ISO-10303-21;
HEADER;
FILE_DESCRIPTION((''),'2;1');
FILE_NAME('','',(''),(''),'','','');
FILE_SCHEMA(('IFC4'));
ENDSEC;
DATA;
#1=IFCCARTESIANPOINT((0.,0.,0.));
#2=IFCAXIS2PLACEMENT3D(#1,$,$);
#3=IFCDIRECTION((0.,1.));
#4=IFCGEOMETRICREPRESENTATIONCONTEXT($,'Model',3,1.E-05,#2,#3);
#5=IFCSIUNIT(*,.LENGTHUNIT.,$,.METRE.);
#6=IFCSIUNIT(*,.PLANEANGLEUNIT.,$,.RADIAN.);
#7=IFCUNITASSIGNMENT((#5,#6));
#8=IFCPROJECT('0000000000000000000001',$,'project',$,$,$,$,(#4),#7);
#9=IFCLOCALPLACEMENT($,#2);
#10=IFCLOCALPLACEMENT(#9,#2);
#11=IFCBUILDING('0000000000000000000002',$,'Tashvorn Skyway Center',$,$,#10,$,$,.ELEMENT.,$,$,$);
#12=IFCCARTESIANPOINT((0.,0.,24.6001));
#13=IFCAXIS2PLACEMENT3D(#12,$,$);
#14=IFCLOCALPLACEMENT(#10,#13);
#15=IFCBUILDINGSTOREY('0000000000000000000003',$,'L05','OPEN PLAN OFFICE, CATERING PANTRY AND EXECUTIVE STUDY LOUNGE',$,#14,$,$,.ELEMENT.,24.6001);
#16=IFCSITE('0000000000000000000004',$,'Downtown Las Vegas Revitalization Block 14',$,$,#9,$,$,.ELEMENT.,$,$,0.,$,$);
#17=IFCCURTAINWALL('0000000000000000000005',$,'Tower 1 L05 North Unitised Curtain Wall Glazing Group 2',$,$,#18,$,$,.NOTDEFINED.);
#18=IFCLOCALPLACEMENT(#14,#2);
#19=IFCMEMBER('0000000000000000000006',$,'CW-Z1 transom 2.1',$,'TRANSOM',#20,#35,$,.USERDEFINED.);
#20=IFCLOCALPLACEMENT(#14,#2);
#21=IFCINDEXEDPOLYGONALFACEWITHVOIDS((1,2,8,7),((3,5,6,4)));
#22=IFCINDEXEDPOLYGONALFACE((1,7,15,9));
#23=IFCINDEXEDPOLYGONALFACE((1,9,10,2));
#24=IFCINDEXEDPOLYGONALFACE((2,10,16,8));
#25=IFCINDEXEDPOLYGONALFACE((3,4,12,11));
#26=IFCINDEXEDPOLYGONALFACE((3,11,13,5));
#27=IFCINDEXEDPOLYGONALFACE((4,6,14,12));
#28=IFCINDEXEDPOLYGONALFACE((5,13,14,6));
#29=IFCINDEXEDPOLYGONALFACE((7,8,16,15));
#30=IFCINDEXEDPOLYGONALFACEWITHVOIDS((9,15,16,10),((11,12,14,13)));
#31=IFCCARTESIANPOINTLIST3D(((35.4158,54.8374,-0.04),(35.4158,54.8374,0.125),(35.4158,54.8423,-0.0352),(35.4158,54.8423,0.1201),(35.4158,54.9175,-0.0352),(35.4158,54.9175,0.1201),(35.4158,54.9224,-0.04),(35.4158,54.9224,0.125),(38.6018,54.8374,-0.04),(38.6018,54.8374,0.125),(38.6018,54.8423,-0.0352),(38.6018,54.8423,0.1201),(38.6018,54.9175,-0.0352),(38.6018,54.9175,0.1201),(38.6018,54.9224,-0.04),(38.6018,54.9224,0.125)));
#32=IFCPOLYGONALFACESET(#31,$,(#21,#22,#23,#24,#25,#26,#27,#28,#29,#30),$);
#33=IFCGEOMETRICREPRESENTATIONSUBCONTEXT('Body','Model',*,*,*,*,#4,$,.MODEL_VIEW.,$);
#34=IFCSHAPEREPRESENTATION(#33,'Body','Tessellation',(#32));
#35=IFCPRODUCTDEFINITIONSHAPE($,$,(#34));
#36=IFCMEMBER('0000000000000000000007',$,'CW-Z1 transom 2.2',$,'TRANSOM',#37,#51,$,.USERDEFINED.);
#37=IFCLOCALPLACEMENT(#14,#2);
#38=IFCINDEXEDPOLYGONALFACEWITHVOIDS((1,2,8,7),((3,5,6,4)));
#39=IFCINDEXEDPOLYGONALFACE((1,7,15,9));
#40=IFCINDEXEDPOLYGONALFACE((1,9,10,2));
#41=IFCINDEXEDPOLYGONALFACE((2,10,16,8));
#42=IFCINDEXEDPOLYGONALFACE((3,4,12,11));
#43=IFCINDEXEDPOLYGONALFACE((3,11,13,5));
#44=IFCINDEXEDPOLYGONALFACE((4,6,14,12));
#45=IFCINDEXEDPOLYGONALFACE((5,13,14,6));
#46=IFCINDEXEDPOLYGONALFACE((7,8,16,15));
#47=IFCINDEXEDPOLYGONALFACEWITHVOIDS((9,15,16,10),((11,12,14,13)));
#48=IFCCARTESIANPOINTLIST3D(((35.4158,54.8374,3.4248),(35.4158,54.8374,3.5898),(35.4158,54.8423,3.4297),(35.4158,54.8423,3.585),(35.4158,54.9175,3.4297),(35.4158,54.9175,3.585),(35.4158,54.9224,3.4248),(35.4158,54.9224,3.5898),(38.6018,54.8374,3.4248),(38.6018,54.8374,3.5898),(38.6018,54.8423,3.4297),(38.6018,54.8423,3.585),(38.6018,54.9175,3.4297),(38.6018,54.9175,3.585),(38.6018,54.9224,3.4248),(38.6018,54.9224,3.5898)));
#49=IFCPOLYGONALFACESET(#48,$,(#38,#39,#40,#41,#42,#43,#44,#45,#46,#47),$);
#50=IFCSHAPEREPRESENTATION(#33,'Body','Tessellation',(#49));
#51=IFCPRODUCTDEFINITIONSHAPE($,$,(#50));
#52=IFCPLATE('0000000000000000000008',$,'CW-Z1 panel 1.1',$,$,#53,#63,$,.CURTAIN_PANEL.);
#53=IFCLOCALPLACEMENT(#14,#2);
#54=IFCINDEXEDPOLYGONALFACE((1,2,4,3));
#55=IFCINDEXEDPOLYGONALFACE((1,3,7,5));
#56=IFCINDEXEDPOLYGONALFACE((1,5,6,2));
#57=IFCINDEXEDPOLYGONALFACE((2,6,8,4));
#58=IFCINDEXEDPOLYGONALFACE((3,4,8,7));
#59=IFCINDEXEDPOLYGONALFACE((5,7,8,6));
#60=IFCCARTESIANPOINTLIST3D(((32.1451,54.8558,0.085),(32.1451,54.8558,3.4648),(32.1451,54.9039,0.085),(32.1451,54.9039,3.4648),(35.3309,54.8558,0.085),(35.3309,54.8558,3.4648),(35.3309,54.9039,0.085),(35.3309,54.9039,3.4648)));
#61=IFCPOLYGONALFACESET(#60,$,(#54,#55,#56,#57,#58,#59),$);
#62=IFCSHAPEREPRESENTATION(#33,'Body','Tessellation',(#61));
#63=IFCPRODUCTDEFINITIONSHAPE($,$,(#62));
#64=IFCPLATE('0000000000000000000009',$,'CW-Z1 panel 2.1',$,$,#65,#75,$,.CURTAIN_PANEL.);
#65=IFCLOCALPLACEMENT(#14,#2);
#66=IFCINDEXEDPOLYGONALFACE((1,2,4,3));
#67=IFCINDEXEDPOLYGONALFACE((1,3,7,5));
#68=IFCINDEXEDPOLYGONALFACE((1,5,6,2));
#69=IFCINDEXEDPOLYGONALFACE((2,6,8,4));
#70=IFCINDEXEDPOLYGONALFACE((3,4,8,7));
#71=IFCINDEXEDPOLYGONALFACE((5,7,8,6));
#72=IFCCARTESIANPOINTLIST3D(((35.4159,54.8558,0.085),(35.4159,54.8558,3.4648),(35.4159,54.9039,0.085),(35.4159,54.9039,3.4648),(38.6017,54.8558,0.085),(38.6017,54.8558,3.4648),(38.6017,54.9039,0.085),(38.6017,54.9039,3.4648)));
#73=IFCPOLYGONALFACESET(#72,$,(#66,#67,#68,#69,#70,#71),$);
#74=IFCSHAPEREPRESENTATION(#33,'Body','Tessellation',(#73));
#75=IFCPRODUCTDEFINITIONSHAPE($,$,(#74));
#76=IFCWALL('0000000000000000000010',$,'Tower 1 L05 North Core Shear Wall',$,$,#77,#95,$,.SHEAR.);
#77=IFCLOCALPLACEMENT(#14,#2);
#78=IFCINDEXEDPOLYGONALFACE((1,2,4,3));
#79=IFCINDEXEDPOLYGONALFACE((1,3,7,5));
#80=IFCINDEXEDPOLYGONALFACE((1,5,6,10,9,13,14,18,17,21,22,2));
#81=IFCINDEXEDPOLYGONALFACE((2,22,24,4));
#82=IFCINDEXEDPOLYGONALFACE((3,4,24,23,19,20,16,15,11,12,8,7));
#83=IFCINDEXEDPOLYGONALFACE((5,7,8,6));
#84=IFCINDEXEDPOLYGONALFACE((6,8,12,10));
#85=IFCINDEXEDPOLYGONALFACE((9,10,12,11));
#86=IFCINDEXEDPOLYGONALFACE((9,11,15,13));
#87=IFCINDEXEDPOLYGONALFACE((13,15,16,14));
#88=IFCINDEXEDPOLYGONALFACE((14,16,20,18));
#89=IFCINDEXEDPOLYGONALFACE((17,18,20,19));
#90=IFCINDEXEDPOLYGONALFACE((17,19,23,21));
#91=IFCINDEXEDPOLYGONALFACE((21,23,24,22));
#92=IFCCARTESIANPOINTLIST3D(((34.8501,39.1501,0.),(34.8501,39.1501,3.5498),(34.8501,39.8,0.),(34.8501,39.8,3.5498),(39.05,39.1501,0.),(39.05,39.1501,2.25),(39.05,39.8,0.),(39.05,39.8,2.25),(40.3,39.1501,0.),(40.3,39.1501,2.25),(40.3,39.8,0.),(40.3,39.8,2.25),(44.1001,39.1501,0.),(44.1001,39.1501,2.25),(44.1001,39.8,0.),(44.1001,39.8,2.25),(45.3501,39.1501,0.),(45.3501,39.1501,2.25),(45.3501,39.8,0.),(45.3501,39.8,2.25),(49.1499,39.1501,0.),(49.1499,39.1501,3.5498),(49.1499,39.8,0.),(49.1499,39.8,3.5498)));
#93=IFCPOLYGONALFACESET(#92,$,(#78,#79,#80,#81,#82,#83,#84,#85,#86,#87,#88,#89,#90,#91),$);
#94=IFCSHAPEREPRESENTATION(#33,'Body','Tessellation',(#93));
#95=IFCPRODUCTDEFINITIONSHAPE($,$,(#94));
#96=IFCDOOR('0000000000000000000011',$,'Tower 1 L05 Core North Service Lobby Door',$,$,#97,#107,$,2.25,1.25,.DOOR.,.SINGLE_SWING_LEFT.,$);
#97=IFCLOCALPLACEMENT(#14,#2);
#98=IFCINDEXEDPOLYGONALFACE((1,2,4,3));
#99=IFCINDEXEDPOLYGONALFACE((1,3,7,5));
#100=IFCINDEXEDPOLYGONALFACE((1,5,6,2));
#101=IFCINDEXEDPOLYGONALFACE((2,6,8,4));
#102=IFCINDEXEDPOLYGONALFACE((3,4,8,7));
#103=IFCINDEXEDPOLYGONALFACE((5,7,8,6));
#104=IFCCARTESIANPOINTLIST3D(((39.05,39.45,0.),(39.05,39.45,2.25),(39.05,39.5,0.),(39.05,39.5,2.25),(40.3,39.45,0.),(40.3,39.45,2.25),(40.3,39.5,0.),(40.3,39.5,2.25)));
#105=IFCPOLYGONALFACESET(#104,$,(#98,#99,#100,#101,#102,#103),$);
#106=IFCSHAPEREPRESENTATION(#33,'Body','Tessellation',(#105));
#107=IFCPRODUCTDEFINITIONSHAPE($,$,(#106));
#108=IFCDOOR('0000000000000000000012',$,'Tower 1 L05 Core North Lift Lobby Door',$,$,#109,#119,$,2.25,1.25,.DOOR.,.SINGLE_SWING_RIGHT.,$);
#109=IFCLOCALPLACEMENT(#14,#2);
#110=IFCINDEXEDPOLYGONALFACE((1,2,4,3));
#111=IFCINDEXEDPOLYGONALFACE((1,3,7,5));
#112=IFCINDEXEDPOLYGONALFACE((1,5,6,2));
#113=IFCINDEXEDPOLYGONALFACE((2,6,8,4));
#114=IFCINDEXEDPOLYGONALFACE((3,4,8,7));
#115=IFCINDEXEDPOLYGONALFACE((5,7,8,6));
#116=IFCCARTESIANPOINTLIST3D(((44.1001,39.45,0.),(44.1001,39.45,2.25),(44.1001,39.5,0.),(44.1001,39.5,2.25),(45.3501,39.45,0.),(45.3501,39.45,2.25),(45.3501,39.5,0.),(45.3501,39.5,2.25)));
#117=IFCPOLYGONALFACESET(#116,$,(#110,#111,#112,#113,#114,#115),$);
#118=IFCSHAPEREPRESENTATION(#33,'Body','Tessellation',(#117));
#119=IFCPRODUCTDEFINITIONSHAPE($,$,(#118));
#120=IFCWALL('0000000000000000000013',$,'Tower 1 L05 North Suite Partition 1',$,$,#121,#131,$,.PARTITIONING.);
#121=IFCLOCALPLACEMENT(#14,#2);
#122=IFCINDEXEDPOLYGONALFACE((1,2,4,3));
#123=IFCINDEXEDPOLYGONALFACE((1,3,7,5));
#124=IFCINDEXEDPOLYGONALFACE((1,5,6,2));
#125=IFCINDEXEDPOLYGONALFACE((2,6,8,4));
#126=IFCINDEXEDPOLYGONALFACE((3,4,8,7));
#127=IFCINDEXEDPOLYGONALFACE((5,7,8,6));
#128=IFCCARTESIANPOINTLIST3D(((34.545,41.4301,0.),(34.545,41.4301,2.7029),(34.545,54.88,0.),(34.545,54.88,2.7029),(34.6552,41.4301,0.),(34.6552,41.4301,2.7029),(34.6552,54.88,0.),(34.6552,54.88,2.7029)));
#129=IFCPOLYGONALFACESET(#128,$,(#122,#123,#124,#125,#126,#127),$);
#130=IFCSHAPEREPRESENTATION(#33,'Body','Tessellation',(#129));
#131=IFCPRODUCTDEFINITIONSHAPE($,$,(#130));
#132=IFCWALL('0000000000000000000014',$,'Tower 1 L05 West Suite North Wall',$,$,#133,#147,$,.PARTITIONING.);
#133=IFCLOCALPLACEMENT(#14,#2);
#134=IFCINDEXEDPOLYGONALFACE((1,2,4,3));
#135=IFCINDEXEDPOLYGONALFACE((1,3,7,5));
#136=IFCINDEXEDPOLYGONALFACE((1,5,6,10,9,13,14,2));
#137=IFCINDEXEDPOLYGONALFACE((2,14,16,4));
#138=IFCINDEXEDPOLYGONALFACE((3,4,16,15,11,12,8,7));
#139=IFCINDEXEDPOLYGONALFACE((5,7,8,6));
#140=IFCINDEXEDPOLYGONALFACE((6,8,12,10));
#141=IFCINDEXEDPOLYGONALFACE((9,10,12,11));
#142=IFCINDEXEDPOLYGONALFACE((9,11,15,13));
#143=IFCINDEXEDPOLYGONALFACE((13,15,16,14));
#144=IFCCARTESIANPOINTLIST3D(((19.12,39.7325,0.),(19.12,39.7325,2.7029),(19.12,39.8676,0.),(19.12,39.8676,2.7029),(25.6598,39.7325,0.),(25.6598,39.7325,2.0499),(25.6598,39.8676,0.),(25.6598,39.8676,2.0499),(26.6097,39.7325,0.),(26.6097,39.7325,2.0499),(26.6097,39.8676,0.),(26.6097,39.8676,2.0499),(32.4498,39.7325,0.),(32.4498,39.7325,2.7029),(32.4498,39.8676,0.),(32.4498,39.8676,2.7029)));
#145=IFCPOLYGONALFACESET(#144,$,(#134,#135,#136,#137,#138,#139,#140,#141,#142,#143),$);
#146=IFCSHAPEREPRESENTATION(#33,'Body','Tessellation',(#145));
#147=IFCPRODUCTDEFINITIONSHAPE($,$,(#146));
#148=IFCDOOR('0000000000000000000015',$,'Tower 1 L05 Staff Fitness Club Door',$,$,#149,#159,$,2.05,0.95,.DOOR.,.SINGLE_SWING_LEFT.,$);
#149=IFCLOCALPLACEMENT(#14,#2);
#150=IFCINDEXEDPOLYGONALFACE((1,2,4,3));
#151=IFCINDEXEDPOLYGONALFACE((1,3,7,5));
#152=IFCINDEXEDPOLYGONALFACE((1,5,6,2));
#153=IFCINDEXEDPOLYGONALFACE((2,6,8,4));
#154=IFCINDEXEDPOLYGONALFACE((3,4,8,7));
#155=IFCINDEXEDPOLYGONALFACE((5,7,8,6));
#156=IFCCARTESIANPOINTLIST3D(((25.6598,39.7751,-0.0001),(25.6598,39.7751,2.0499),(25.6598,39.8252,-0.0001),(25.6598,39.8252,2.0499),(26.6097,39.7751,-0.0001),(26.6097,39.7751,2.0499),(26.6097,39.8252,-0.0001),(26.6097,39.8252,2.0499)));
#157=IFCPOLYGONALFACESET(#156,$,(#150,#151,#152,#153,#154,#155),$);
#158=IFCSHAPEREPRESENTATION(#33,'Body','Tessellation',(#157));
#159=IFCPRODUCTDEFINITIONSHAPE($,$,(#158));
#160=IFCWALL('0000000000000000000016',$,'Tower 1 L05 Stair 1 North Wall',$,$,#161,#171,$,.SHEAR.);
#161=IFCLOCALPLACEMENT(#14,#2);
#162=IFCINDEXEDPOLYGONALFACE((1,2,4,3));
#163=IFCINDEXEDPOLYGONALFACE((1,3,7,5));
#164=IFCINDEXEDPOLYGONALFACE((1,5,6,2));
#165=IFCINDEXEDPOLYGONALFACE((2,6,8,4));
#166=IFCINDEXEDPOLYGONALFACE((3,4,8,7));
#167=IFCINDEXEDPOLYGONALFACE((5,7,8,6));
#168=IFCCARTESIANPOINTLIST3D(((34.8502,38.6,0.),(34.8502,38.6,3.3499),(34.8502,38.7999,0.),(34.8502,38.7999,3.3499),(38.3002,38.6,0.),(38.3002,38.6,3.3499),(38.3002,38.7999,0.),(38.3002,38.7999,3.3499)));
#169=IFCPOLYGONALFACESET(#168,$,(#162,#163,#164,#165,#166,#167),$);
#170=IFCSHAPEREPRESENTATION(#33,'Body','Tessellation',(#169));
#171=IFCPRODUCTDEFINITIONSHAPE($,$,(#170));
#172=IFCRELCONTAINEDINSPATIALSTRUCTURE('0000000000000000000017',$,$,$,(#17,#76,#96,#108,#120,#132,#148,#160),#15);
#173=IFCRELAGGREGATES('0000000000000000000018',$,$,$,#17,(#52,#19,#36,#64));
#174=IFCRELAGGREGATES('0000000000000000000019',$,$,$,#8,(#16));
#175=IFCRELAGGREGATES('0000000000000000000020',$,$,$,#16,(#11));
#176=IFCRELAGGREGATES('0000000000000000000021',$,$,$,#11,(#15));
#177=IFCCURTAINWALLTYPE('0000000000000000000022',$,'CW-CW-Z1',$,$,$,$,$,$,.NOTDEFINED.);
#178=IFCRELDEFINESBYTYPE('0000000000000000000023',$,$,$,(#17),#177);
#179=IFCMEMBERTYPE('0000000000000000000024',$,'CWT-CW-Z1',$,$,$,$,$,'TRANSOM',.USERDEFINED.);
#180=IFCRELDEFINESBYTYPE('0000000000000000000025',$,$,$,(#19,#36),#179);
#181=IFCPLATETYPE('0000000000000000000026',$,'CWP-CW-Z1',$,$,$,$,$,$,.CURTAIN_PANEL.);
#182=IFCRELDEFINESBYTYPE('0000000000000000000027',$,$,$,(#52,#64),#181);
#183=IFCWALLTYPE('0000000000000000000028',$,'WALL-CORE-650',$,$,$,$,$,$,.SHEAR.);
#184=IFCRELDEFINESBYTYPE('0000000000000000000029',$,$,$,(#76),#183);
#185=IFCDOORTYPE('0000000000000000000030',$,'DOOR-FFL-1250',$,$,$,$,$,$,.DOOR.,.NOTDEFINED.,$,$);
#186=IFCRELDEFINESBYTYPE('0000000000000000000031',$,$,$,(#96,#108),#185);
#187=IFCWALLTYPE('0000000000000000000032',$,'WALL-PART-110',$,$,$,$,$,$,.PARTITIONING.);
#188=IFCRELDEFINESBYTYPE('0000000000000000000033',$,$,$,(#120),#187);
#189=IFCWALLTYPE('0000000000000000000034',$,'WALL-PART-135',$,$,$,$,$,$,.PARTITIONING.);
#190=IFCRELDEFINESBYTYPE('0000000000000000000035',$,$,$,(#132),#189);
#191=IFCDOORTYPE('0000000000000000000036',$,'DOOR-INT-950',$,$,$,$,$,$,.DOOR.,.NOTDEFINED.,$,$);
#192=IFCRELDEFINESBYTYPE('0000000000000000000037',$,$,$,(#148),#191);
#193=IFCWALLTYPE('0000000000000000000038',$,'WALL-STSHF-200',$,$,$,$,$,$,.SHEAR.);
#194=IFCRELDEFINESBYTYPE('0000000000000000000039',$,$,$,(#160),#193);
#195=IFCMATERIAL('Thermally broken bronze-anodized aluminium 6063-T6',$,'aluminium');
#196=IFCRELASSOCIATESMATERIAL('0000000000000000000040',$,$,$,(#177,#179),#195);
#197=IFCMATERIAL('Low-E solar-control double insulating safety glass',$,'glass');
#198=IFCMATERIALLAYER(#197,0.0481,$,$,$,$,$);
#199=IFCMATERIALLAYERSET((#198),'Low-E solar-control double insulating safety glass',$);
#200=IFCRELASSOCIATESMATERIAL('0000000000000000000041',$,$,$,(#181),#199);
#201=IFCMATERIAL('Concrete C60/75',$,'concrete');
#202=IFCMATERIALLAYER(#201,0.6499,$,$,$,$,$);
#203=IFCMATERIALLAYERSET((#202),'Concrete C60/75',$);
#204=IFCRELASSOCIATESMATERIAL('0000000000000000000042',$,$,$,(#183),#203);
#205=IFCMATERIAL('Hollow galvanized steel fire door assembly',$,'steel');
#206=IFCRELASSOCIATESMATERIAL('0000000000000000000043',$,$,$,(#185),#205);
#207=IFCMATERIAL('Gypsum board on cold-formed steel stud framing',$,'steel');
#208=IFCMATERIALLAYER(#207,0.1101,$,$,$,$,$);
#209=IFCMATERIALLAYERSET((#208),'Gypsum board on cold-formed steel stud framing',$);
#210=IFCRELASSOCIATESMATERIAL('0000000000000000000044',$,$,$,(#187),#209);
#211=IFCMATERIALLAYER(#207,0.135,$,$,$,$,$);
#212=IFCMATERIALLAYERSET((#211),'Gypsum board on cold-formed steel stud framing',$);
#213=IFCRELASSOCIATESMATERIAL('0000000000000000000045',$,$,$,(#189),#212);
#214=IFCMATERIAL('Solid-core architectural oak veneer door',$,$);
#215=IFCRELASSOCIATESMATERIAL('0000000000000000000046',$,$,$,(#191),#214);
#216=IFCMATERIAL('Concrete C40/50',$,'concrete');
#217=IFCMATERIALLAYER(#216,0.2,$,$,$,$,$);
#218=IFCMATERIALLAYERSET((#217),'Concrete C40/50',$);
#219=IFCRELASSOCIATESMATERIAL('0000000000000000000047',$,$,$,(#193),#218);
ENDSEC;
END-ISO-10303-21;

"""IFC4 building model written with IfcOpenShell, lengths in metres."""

from ifc_helpers import new_model, si_unit, direction, frame, frame_2d, origin, origin_2d, place, context, subcontext, project, spatial, rectangle, hollow_rectangle, extrude, material, layer, layer_set, material_profile, profile_set, type_object, element, fill, aggregate, save


model = new_model("IFC4")

# Units and contexts
model_context = context("Model", 3, precision=1e-05, world=origin(), true_north=direction((0.0, 1.0)))
body_context = subcontext(model_context, "Body", "Model", "MODEL_VIEW")
ifc_project = project(units=[si_unit("LENGTHUNIT", "METRE"), si_unit("PLANEANGLEUNIT", "RADIAN")], contexts=[model_context])

# Site, building, storey
site_placement = place(None, origin())
site = spatial("IfcSite", under=ifc_project, at=site_placement, Name="Downtown Las Vegas Revitalization Block 14", CompositionType="ELEMENT", RefElevation=0.0)
building_placement = place(site_placement, origin())
building = spatial("IfcBuilding", under=site, at=building_placement, Name="Tashvorn Skyway Center", CompositionType="ELEMENT")
storey_placement = place(building_placement, frame((0.0, 0.0, 24.6001)))
storey = spatial("IfcBuildingStorey", under=building, at=storey_placement, Name="L05", Description="OPEN PLAN OFFICE, CATERING PANTRY AND EXECUTIVE STUDY LOUNGE", CompositionType="ELEMENT", Elevation=24.6001)

# Shared definitions
ifc_material_1 = material(Name="Thermally broken bronze-anodized aluminium 6063-T6", Category="aluminium")
curtain_wall_type = type_object("IfcCurtainWallType", Name="CW-CW-Z1", PredefinedType="NOTDEFINED", material=ifc_material_1)

# Curtain wall, members, plates
curtain_wall_1_placement = place(storey_placement, origin())
curtain_wall_1 = element("IfcCurtainWall", 1, at=curtain_wall_1_placement, inside=storey, type_object=curtain_wall_type, Name="Tower 1 L05 North Unitised Curtain Wall Glazing Group 2", PredefinedType="NOTDEFINED")
ifc_material_profile_1 = material_profile(ifc_material_1, hollow_rectangle(XDim=0.085, YDim=0.165, WallThickness=0.0049, at=origin_2d()), Name="ALU-TRAN-85x165")
ifc_profile_set_1 = profile_set([ifc_material_profile_1], Name="Thermally broken bronze-anodized aluminium 6063-T6")
member_type_1 = type_object("IfcMemberType", Name="CWT-CW-Z1", ElementType="TRANSOM", PredefinedType="USERDEFINED", material=ifc_profile_set_1)
member_1_placement = place(storey_placement, frame((35.4158, 54.8799, 0.0425), z_axis=(1.0, 0.0, 0.0), x_axis=(0.0, 1.0, 0.0)))
member_1 = element("IfcMember", 2, at=member_1_placement, type_object=member_type_1, Name="CW-Z1 transom 2.1", ObjectType="TRANSOM", PredefinedType="USERDEFINED", context=body_context, shape_type="SweptSolid", body=[
    extrude(hollow_rectangle(XDim=0.085, YDim=0.165, WallThickness=0.0049, at=origin_2d()), origin(), (0.0, 0.0, 1.0), 3.186),
])
member_2_placement = place(storey_placement, frame((35.4158, 54.8799, 3.5073), z_axis=(1.0, 0.0, 0.0), x_axis=(0.0, 1.0, 0.0)))
member_2 = element("IfcMember", 3, at=member_2_placement, type_object=member_type_1, Name="CW-Z1 transom 2.2", ObjectType="TRANSOM", PredefinedType="USERDEFINED", context=body_context, shape_type="SweptSolid", body=[
    extrude(hollow_rectangle(XDim=0.085, YDim=0.165, WallThickness=0.0049, at=origin_2d()), origin(), (0.0, 0.0, 1.0), 3.186),
])
ifc_material_2 = material(Name="Low-E solar-control double insulating safety glass", Category="glass")
ifc_layer_1 = layer(ifc_material_2, 0.0481)
ifc_layer_set_1 = layer_set([ifc_layer_1], Name="Low-E solar-control double insulating safety glass")
plate_type = type_object("IfcPlateType", Name="CWP-CW-Z1", PredefinedType="CURTAIN_PANEL", material=ifc_layer_set_1)
plate_1_placement = place(storey_placement, frame((33.738, 54.8799, 0.085), z_axis=(0.0, 0.0, 1.0), x_axis=(1.0, 0.0, 0.0)))
plate_1 = element("IfcPlate", 4, at=plate_1_placement, type_object=plate_type, Name="CW-Z1 panel 1.1", PredefinedType="CURTAIN_PANEL", context=body_context, shape_type="SweptSolid", body=[
    extrude(rectangle(XDim=3.1858, YDim=0.0481, at=origin_2d()), origin(), (0.0, 0.0, 1.0), 3.3799),
])
plate_2_placement = place(storey_placement, frame((37.0088, 54.8799, 0.085), z_axis=(0.0, 0.0, 1.0), x_axis=(1.0, 0.0, 0.0)))
plate_2 = element("IfcPlate", 5, at=plate_2_placement, type_object=plate_type, Name="CW-Z1 panel 2.1", PredefinedType="CURTAIN_PANEL", context=body_context, shape_type="SweptSolid", body=[
    extrude(rectangle(XDim=3.1858, YDim=0.0481, at=origin_2d()), origin(), (0.0, 0.0, 1.0), 3.3799),
])
aggregate(curtain_wall_1, [plate_1, member_1, member_2, plate_2])

# Wall, openings, doors
ifc_material_3 = material(Name="Concrete C60/75", Category="concrete")
ifc_layer_2 = layer(ifc_material_3, 0.6499)
ifc_layer_set_2 = layer_set([ifc_layer_2], Name="Concrete C60/75")
wall_type_1 = type_object("IfcWallType", Name="WALL-CORE-650", PredefinedType="SHEAR", material=ifc_layer_set_2)
wall_1_placement = place(storey_placement, frame((34.8501, 39.4751, 0.0), z_axis=(0.0, 0.0, 1.0), x_axis=(1.0, 0.0, 0.0)))
wall_1 = element("IfcWall", 6, at=wall_1_placement, inside=storey, type_object=wall_type_1, Name="Tower 1 L05 North Core Shear Wall", PredefinedType="SHEAR", context=body_context, shape_type="SweptSolid", body=[
    extrude(rectangle(XDim=14.2998, YDim=0.6499, at=frame_2d((7.1499, 0.0))), origin(), (0.0, 0.0, 1.0), 3.5498),
])
opening_1_placement = place(wall_1_placement, frame((4.2, 0.0, 0.0)))
opening_1 = element("IfcOpeningElement", 7, at=opening_1_placement, cuts=wall_1, PredefinedType="OPENING", context=body_context, shape_type="SweptSolid", body=[
    extrude(rectangle(XDim=1.25, YDim=2.25, at=frame_2d((0.625, 1.125))), frame((0.0, 0.335, 0.0), z_axis=(0.0, -1.0, 0.0), x_axis=(1.0, 0.0, 0.0)), (0.0, 0.0, 1.0), 0.6699),
])
opening_2_placement = place(wall_1_placement, frame((9.25, 0.0, 0.0)))
opening_2 = element("IfcOpeningElement", 8, at=opening_2_placement, cuts=wall_1, PredefinedType="OPENING", context=body_context, shape_type="SweptSolid", body=[
    extrude(rectangle(XDim=1.25, YDim=2.25, at=frame_2d((0.625, 1.125))), frame((0.0, 0.335, 0.0), z_axis=(0.0, -1.0, 0.0), x_axis=(1.0, 0.0, 0.0)), (0.0, 0.0, 1.0), 0.6699),
])
ifc_material_4 = material(Name="Hollow galvanized steel fire door assembly", Category="steel")
door_type_1 = type_object("IfcDoorType", Name="DOOR-FFL-1250", OperationType="NOTDEFINED", PredefinedType="DOOR", material=ifc_material_4)
door_1_placement = place(opening_1_placement, origin())
door_1 = element("IfcDoor", 9, at=door_1_placement, inside=storey, type_object=door_type_1, Name="Tower 1 L05 Core North Service Lobby Door", OperationType="SINGLE_SWING_LEFT", OverallHeight=2.25, OverallWidth=1.25, PredefinedType="DOOR", context=body_context, shape_type="SweptSolid", body=[
    extrude(rectangle(XDim=1.25, YDim=2.25, at=frame_2d((0.625, 1.125))), frame((0.0, 0.0249, 0.0), z_axis=(0.0, -1.0, 0.0), x_axis=(1.0, 0.0, 0.0)), (0.0, 0.0, 1.0), 0.05),
])
fill(opening_1, door_1)
door_2_placement = place(opening_2_placement, origin())
door_2 = element("IfcDoor", 10, at=door_2_placement, inside=storey, type_object=door_type_1, Name="Tower 1 L05 Core North Lift Lobby Door", OperationType="SINGLE_SWING_RIGHT", OverallHeight=2.25, OverallWidth=1.25, PredefinedType="DOOR", context=body_context, shape_type="SweptSolid", body=[
    extrude(rectangle(XDim=1.25, YDim=2.25, at=frame_2d((0.625, 1.125))), frame((0.0, 0.0249, 0.0), z_axis=(0.0, -1.0, 0.0), x_axis=(1.0, 0.0, 0.0)), (0.0, 0.0, 1.0), 0.05),
])
fill(opening_2, door_2)

# Wall
ifc_material_5 = material(Name="Gypsum board on cold-formed steel stud framing", Category="steel")
ifc_layer_3 = layer(ifc_material_5, 0.1101)
ifc_layer_set_3 = layer_set([ifc_layer_3], Name="Gypsum board on cold-formed steel stud framing")
wall_type_2 = type_object("IfcWallType", Name="WALL-PART-110", PredefinedType="PARTITIONING", material=ifc_layer_set_3)
wall_2_placement = place(storey_placement, frame((34.6001, 41.4299, 0.0), z_axis=(0.0, 0.0, 1.0), x_axis=(0.0, 1.0, 0.0)))
element("IfcWall", 11, at=wall_2_placement, inside=storey, type_object=wall_type_2, Name="Tower 1 L05 North Suite Partition 1", PredefinedType="PARTITIONING", context=body_context, shape_type="SweptSolid", body=[
    extrude(rectangle(XDim=13.45, YDim=0.1101, at=frame_2d((6.7251, 0.0))), origin(), (0.0, 0.0, 1.0), 2.7029),
])

# Wall, opening, door
ifc_layer_4 = layer(ifc_material_5, 0.135)
ifc_layer_set_4 = layer_set([ifc_layer_4], Name="Gypsum board on cold-formed steel stud framing")
wall_type_3 = type_object("IfcWallType", Name="WALL-PART-135", PredefinedType="PARTITIONING", material=ifc_layer_set_4)
wall_3_placement = place(storey_placement, frame((32.45, 39.8, 0.0), z_axis=(0.0, 0.0, 1.0), x_axis=(-1.0, 0.0, 0.0)))
wall_3 = element("IfcWall", 12, at=wall_3_placement, inside=storey, type_object=wall_type_3, Name="Tower 1 L05 West Suite North Wall", PredefinedType="PARTITIONING", context=body_context, shape_type="SweptSolid", body=[
    extrude(rectangle(XDim=13.3298, YDim=0.135, at=frame_2d((6.665, 0.0))), origin(), (0.0, 0.0, 1.0), 2.7029),
])
opening_3_placement = place(wall_3_placement, frame((5.8401, 0.0, 0.0)))
opening_3 = element("IfcOpeningElement", 13, at=opening_3_placement, cuts=wall_3, PredefinedType="OPENING", context=body_context, shape_type="SweptSolid", body=[
    extrude(rectangle(XDim=0.95, YDim=2.05, at=frame_2d((0.4751, 1.0249))), frame((0.0, 0.0774, 0.0), z_axis=(0.0, -1.0, 0.0), x_axis=(1.0, 0.0, 0.0)), (0.0, 0.0, 1.0), 0.155),
])
ifc_material_6 = material(Name="Solid-core architectural oak veneer door")
door_type_2 = type_object("IfcDoorType", Name="DOOR-INT-950", OperationType="NOTDEFINED", PredefinedType="DOOR", material=ifc_material_6)
door_3_placement = place(opening_3_placement, origin())
door_3 = element("IfcDoor", 14, at=door_3_placement, inside=storey, type_object=door_type_2, Name="Tower 1 L05 Staff Fitness Club Door", OperationType="SINGLE_SWING_LEFT", OverallHeight=2.05, OverallWidth=0.95, PredefinedType="DOOR", context=body_context, shape_type="SweptSolid", body=[
    extrude(rectangle(XDim=0.95, YDim=2.05, at=frame_2d((0.4751, 1.0249))), frame((0.0, 0.0249, 0.0), z_axis=(0.0, -1.0, 0.0), x_axis=(1.0, 0.0, 0.0)), (0.0, 0.0, 1.0), 0.05),
])
fill(opening_3, door_3)

# Wall
ifc_material_7 = material(Name="Concrete C40/50", Category="concrete")
ifc_layer_5 = layer(ifc_material_7, 0.2)
ifc_layer_set_5 = layer_set([ifc_layer_5], Name="Concrete C40/50")
wall_type_4 = type_object("IfcWallType", Name="WALL-STSHF-200", PredefinedType="SHEAR", material=ifc_layer_set_5)
wall_4_placement = place(storey_placement, frame((34.8501, 38.7, 0.0), z_axis=(0.0, 0.0, 1.0), x_axis=(1.0, 0.0, 0.0)))
element("IfcWall", 15, at=wall_4_placement, inside=storey, type_object=wall_type_4, Name="Tower 1 L05 Stair 1 North Wall", PredefinedType="SHEAR", context=body_context, shape_type="SweptSolid", body=[
    extrude(rectangle(XDim=3.45, YDim=0.2, at=frame_2d((1.7251, 0.0))), origin(), (0.0, 0.0, 1.0), 3.3499),
])

save(model, "model.ifc")
